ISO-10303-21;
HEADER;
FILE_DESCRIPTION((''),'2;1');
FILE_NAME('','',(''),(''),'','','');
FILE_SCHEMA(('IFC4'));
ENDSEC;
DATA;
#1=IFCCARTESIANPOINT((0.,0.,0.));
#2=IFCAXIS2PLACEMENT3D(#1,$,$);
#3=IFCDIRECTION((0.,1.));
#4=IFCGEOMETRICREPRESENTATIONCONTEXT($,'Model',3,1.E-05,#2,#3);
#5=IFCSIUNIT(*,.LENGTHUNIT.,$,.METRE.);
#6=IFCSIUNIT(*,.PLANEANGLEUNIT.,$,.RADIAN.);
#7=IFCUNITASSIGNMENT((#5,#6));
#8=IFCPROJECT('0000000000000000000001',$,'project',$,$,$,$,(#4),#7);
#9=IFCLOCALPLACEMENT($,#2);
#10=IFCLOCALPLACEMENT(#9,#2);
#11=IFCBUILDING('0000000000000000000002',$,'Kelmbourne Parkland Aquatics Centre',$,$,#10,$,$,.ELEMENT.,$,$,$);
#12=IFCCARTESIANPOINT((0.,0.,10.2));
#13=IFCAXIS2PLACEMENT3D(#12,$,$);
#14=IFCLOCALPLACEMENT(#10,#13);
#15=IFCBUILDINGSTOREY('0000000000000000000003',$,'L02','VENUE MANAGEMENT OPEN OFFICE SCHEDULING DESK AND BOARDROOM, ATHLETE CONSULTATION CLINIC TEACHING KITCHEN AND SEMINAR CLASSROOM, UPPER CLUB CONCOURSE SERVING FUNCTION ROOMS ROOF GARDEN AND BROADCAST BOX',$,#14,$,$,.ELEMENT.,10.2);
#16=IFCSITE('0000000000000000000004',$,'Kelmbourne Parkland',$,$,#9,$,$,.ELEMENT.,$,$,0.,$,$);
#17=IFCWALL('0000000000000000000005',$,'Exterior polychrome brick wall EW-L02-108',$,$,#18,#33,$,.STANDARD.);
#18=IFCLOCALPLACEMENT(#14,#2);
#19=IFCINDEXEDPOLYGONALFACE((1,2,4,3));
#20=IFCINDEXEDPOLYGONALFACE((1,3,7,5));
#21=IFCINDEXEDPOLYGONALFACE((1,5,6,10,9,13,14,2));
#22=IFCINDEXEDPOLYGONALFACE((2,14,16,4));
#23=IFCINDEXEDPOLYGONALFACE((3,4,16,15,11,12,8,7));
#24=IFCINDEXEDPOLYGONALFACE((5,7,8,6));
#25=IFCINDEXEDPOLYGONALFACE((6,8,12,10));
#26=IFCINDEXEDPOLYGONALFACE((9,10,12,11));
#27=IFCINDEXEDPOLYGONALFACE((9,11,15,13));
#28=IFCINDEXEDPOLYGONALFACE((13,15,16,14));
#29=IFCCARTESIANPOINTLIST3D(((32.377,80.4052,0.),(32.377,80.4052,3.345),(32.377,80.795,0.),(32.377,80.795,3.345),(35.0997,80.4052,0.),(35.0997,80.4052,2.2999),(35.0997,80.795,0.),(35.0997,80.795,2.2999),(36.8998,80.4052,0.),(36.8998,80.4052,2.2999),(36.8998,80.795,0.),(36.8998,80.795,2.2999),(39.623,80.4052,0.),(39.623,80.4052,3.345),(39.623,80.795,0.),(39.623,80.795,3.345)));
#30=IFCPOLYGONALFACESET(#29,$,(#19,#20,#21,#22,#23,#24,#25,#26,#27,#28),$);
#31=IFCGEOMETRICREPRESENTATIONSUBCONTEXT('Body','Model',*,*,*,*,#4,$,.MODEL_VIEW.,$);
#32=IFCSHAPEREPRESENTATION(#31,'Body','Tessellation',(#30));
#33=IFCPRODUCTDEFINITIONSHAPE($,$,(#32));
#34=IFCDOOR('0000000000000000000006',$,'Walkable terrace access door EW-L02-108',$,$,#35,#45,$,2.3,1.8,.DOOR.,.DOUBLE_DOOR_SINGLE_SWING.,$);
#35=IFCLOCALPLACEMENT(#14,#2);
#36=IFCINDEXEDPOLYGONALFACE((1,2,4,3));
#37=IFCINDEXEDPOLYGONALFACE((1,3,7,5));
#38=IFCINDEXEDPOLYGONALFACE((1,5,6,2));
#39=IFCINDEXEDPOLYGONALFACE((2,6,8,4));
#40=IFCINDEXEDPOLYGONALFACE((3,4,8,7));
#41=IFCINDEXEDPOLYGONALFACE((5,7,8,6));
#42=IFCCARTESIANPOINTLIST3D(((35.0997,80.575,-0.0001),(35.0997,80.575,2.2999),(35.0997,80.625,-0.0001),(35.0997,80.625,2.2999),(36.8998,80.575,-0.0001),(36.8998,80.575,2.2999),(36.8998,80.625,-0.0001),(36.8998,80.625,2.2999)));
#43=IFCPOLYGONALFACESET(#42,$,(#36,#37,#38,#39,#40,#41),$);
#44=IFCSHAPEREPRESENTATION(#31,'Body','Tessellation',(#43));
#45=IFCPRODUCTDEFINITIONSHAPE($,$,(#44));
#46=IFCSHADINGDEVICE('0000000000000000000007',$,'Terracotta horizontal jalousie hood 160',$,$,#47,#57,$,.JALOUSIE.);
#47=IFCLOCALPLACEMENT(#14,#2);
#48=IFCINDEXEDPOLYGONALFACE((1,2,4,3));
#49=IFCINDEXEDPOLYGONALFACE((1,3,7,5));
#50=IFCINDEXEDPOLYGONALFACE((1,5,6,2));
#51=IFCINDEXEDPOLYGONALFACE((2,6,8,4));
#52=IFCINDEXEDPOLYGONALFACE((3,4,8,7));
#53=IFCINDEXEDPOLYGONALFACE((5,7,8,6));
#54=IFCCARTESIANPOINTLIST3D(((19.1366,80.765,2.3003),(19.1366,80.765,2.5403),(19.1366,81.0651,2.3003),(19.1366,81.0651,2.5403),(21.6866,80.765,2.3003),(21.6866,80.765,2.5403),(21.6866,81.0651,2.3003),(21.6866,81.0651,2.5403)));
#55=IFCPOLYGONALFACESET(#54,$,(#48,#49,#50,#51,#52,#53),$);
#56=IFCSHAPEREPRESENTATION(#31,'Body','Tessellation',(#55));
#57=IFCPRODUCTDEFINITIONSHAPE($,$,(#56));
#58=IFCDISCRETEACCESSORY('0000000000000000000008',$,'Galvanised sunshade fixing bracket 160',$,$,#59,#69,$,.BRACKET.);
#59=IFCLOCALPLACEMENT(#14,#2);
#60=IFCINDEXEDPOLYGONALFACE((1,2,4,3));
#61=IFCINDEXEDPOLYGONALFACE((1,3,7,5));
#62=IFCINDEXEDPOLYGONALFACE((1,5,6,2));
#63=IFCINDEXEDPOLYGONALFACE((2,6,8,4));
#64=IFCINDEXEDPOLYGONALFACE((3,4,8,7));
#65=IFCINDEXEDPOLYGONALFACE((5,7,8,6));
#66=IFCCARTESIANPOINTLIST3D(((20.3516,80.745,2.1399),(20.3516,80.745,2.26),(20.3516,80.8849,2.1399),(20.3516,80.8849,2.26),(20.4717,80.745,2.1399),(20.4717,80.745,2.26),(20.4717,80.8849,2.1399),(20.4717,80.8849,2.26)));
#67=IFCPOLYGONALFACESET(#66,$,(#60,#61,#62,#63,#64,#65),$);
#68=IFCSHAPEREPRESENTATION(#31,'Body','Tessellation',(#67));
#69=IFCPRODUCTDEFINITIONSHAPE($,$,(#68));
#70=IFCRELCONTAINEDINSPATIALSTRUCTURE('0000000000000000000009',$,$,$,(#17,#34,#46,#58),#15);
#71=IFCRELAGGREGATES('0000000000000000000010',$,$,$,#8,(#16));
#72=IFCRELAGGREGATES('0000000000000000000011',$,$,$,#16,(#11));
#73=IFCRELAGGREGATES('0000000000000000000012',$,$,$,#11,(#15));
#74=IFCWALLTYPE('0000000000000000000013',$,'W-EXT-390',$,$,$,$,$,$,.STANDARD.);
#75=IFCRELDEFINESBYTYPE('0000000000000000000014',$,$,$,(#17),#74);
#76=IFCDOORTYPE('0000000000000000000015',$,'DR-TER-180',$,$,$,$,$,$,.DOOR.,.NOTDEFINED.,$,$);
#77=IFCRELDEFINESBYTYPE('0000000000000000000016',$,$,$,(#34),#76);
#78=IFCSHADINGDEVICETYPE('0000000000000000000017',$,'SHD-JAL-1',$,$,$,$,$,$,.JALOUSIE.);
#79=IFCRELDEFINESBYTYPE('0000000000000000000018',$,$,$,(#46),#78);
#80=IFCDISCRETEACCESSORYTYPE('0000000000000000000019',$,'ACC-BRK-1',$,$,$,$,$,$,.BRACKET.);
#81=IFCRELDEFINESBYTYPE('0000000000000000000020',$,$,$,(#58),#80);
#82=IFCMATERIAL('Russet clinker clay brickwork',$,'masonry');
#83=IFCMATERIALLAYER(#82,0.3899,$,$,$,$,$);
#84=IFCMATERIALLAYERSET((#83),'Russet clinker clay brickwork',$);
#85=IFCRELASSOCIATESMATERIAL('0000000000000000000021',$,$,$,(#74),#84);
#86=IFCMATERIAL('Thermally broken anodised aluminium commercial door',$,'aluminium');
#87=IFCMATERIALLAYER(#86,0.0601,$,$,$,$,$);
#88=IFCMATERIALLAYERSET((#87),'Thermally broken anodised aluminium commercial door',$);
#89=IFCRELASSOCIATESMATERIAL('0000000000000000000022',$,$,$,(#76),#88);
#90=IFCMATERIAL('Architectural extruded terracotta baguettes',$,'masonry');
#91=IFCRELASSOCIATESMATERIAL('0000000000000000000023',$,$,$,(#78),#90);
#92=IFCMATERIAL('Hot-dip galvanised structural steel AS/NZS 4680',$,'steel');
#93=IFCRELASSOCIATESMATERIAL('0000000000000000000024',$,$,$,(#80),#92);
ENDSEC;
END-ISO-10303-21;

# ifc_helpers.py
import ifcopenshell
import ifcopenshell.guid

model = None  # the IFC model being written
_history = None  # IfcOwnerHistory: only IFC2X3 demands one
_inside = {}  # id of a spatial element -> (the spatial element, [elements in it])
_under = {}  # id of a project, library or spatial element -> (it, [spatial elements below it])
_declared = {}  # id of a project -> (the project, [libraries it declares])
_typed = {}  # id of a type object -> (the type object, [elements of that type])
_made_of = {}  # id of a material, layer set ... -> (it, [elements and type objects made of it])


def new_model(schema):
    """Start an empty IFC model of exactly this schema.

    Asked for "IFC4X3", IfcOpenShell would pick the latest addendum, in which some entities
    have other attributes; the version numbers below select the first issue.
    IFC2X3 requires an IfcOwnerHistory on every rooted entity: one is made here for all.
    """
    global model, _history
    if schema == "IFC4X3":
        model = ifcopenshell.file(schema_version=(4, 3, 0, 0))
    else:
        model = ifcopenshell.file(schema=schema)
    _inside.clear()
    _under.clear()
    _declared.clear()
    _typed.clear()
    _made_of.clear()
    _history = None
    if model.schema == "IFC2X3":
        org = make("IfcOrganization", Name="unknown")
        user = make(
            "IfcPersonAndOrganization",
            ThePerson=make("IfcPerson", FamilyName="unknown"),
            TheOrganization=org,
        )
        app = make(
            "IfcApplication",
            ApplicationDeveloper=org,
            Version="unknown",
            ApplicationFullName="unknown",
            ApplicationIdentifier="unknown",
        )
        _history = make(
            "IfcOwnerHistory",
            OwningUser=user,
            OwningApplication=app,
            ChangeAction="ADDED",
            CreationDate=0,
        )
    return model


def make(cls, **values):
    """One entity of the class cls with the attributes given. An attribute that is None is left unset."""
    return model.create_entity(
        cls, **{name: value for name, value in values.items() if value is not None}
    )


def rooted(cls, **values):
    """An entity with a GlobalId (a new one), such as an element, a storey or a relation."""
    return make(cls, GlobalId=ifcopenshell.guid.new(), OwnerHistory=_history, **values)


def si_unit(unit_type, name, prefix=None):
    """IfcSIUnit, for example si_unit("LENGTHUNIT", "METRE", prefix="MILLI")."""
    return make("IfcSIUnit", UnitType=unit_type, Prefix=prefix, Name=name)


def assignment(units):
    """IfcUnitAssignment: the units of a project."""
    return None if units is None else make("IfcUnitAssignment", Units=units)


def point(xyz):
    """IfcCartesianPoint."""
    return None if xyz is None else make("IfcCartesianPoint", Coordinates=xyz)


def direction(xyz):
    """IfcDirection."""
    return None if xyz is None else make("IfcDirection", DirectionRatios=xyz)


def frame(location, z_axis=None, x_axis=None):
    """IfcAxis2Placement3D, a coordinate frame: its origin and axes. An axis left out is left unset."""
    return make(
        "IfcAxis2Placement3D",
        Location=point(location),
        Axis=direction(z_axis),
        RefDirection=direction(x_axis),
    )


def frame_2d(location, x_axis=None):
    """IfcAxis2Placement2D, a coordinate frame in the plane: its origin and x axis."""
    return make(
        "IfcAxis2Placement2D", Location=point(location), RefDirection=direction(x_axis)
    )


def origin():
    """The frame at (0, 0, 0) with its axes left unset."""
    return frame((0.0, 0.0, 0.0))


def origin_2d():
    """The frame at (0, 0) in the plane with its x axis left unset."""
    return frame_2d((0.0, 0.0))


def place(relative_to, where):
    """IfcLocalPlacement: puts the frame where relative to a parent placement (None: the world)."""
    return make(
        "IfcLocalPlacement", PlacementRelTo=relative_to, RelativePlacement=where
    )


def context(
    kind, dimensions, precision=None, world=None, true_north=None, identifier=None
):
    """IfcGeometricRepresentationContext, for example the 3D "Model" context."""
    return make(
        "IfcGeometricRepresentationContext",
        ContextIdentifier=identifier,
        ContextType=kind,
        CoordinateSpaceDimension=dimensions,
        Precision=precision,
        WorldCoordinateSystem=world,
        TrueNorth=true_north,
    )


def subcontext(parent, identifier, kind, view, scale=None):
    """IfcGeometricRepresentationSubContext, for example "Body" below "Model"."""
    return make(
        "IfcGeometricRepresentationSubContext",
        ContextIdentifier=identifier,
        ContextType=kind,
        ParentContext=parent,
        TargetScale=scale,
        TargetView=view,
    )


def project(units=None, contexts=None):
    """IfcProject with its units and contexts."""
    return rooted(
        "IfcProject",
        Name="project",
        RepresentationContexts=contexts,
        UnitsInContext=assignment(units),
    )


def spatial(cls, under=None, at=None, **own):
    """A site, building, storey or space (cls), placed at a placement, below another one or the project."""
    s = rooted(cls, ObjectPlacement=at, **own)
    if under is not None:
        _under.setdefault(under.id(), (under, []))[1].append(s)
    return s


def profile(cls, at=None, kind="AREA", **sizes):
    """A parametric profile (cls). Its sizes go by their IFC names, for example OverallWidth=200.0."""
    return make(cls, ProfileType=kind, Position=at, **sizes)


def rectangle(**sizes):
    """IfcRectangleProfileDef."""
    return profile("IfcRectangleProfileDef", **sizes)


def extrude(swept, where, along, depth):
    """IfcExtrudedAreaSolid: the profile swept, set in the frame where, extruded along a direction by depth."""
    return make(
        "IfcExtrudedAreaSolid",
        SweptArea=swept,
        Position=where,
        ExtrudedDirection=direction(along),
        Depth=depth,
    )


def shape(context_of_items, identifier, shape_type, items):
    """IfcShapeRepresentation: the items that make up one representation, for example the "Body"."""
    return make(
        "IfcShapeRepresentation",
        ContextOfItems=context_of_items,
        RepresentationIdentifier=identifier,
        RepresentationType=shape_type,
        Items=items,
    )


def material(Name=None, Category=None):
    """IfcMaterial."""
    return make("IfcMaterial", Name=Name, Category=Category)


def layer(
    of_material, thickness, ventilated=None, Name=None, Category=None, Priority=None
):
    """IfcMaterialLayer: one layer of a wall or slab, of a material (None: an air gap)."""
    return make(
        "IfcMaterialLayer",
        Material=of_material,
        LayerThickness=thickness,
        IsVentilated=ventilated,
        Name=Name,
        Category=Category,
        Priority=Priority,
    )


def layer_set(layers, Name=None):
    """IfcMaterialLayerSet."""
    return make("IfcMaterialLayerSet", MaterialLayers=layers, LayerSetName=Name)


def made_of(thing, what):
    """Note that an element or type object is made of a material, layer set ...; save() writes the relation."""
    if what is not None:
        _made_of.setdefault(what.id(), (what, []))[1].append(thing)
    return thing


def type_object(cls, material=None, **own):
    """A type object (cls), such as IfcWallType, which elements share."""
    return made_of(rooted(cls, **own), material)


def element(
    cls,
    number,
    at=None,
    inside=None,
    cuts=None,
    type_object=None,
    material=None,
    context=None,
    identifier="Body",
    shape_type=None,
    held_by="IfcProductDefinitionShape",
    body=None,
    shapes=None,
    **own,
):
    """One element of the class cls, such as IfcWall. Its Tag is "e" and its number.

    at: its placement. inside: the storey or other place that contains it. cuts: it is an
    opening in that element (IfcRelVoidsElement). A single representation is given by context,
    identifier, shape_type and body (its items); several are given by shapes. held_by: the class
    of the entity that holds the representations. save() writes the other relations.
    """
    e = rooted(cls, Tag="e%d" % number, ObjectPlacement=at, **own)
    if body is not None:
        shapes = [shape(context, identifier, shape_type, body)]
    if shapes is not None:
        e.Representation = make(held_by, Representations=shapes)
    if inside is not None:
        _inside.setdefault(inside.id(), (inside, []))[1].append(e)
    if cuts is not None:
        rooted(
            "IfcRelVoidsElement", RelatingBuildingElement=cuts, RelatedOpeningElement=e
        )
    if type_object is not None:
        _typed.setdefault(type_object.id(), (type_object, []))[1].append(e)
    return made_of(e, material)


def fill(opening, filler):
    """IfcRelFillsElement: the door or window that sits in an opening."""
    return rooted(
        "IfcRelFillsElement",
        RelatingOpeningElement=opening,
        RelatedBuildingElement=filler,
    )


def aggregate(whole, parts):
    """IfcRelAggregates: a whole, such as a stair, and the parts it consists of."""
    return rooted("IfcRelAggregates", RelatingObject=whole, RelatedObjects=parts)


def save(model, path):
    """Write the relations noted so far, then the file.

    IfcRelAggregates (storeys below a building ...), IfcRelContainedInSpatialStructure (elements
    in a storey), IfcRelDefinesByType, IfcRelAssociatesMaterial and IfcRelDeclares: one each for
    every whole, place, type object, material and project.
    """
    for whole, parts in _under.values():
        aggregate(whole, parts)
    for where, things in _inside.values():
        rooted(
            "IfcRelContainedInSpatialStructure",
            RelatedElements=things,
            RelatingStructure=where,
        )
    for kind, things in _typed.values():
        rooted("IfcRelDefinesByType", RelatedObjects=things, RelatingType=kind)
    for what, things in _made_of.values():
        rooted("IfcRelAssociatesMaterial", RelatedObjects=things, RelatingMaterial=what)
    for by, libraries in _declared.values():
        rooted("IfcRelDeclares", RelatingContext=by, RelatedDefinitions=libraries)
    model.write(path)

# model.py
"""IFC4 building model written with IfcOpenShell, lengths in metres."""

from ifc_helpers import new_model, si_unit, direction, frame, frame_2d, origin, origin_2d, place, context, subcontext, project, spatial, rectangle, extrude, material, layer, layer_set, type_object, element, fill, save


model = new_model("IFC4")

# Units and contexts
model_context = context("Model", 3, precision=1e-05, world=origin(), true_north=direction((0.0, 1.0)))
body_context = subcontext(model_context, "Body", "Model", "MODEL_VIEW")
ifc_project = project(units=[si_unit("LENGTHUNIT", "METRE"), si_unit("PLANEANGLEUNIT", "RADIAN")], contexts=[model_context])

# Site, building, storey
site_placement = place(None, origin())
site = spatial("IfcSite", under=ifc_project, at=site_placement, Name="Kelmbourne Parkland", CompositionType="ELEMENT", RefElevation=0.0)
building_placement = place(site_placement, origin())
building = spatial("IfcBuilding", under=site, at=building_placement, Name="Kelmbourne Parkland Aquatics Centre", CompositionType="ELEMENT")
storey_placement = place(building_placement, frame((0.0, 0.0, 10.2)))
storey = spatial("IfcBuildingStorey", under=building, at=storey_placement, Name="L02", Description="VENUE MANAGEMENT OPEN OFFICE SCHEDULING DESK AND BOARDROOM, ATHLETE CONSULTATION CLINIC TEACHING KITCHEN AND SEMINAR CLASSROOM, UPPER CLUB CONCOURSE SERVING FUNCTION ROOMS ROOF GARDEN AND BROADCAST BOX", CompositionType="ELEMENT", Elevation=10.2)

# Shared definitions
ifc_material_1 = material(Name="Russet clinker clay brickwork", Category="masonry")

# Wall, opening, door
ifc_layer_1 = layer(ifc_material_1, 0.3899)
ifc_layer_set_1 = layer_set([ifc_layer_1], Name="Russet clinker clay brickwork")
wall_type_1 = type_object("IfcWallType", Name="W-EXT-390", PredefinedType="STANDARD", material=ifc_layer_set_1)
wall_1_placement = place(storey_placement, frame((32.377, 80.6001, 0.0), z_axis=(0.0, 0.0, 1.0), x_axis=(1.0, 0.0, 0.0)))
wall_1 = element("IfcWall", 1, at=wall_1_placement, inside=storey, type_object=wall_type_1, Name="Exterior polychrome brick wall EW-L02-108", PredefinedType="STANDARD", context=body_context, shape_type="SweptSolid", body=[
    extrude(rectangle(XDim=7.2461, YDim=0.3899, at=frame_2d((3.623, 0.0))), origin(), (0.0, 0.0, 1.0), 3.345),
])
opening_placement = place(wall_1_placement, frame((2.7229, 0.0, 0.0)))
opening = element("IfcOpeningElement", 2, at=opening_placement, cuts=wall_1, PredefinedType="OPENING", context=body_context, shape_type="SweptSolid", body=[
    extrude(rectangle(XDim=1.8, YDim=2.3, at=frame_2d((0.8999, 1.1499))), frame((0.0, 0.207, 0.0), z_axis=(0.0, -1.0, 0.0), x_axis=(1.0, 0.0, 0.0)), (0.0, 0.0, 1.0), 0.4138),
])
ifc_material_2 = material(Name="Thermally broken anodised aluminium commercial door", Category="aluminium")
ifc_layer_2 = layer(ifc_material_2, 0.0601)
ifc_layer_set_2 = layer_set([ifc_layer_2], Name="Thermally broken anodised aluminium commercial door")
door_type = type_object("IfcDoorType", Name="DR-TER-180", OperationType="NOTDEFINED", PredefinedType="DOOR", material=ifc_layer_set_2)
door_placement = place(opening_placement, origin())
door = element("IfcDoor", 3, at=door_placement, inside=storey, type_object=door_type, Name="Walkable terrace access door EW-L02-108", OperationType="DOUBLE_DOOR_SINGLE_SWING", OverallHeight=2.3, OverallWidth=1.8, PredefinedType="DOOR", context=body_context, shape_type="SweptSolid", body=[
    extrude(rectangle(XDim=1.8, YDim=2.3, at=frame_2d((0.8999, 1.1499))), frame((0.0, 0.0249, 0.0), z_axis=(0.0, -1.0, 0.0), x_axis=(1.0, 0.0, 0.0)), (0.0, 0.0, 1.0), 0.05),
])
fill(opening, door)

# Shading device
ifc_material_3 = material(Name="Architectural extruded terracotta baguettes", Category="masonry")
shading_device_type = type_object("IfcShadingDeviceType", Name="SHD-JAL-1", PredefinedType="JALOUSIE", material=ifc_material_3)
shading_device_placement = place(storey_placement, frame((20.4116, 80.915, 2.3003), z_axis=(0.0, 0.0, 1.0), x_axis=(1.0, 0.0, 0.0)))
element("IfcShadingDevice", 4, at=shading_device_placement, inside=storey, type_object=shading_device_type, Name="Terracotta horizontal jalousie hood 160", PredefinedType="JALOUSIE", context=body_context, shape_type="SweptSolid", body=[
    extrude(rectangle(XDim=2.55, YDim=0.3, at=origin_2d()), origin(), (0.0, 0.0, 1.0), 0.24),
])

# Discrete accessory
ifc_material_4 = material(Name="Hot-dip galvanised structural steel AS/NZS 4680", Category="steel")
discrete_accessory_type = type_object("IfcDiscreteAccessoryType", Name="ACC-BRK-1", PredefinedType="BRACKET", material=ifc_material_4)
discrete_accessory_placement = place(storey_placement, frame((20.4116, 80.8149, 2.1399), z_axis=(0.0, 0.0, 1.0), x_axis=(1.0, 0.0, 0.0)))
element("IfcDiscreteAccessory", 5, at=discrete_accessory_placement, inside=storey, type_object=discrete_accessory_type, Name="Galvanised sunshade fixing bracket 160", PredefinedType="BRACKET", context=body_context, shape_type="SweptSolid", body=[
    extrude(rectangle(XDim=0.1201, YDim=0.1399, at=origin_2d()), origin(), (0.0, 0.0, 1.0), 0.1201),
])

save(model, "model.ifc")
